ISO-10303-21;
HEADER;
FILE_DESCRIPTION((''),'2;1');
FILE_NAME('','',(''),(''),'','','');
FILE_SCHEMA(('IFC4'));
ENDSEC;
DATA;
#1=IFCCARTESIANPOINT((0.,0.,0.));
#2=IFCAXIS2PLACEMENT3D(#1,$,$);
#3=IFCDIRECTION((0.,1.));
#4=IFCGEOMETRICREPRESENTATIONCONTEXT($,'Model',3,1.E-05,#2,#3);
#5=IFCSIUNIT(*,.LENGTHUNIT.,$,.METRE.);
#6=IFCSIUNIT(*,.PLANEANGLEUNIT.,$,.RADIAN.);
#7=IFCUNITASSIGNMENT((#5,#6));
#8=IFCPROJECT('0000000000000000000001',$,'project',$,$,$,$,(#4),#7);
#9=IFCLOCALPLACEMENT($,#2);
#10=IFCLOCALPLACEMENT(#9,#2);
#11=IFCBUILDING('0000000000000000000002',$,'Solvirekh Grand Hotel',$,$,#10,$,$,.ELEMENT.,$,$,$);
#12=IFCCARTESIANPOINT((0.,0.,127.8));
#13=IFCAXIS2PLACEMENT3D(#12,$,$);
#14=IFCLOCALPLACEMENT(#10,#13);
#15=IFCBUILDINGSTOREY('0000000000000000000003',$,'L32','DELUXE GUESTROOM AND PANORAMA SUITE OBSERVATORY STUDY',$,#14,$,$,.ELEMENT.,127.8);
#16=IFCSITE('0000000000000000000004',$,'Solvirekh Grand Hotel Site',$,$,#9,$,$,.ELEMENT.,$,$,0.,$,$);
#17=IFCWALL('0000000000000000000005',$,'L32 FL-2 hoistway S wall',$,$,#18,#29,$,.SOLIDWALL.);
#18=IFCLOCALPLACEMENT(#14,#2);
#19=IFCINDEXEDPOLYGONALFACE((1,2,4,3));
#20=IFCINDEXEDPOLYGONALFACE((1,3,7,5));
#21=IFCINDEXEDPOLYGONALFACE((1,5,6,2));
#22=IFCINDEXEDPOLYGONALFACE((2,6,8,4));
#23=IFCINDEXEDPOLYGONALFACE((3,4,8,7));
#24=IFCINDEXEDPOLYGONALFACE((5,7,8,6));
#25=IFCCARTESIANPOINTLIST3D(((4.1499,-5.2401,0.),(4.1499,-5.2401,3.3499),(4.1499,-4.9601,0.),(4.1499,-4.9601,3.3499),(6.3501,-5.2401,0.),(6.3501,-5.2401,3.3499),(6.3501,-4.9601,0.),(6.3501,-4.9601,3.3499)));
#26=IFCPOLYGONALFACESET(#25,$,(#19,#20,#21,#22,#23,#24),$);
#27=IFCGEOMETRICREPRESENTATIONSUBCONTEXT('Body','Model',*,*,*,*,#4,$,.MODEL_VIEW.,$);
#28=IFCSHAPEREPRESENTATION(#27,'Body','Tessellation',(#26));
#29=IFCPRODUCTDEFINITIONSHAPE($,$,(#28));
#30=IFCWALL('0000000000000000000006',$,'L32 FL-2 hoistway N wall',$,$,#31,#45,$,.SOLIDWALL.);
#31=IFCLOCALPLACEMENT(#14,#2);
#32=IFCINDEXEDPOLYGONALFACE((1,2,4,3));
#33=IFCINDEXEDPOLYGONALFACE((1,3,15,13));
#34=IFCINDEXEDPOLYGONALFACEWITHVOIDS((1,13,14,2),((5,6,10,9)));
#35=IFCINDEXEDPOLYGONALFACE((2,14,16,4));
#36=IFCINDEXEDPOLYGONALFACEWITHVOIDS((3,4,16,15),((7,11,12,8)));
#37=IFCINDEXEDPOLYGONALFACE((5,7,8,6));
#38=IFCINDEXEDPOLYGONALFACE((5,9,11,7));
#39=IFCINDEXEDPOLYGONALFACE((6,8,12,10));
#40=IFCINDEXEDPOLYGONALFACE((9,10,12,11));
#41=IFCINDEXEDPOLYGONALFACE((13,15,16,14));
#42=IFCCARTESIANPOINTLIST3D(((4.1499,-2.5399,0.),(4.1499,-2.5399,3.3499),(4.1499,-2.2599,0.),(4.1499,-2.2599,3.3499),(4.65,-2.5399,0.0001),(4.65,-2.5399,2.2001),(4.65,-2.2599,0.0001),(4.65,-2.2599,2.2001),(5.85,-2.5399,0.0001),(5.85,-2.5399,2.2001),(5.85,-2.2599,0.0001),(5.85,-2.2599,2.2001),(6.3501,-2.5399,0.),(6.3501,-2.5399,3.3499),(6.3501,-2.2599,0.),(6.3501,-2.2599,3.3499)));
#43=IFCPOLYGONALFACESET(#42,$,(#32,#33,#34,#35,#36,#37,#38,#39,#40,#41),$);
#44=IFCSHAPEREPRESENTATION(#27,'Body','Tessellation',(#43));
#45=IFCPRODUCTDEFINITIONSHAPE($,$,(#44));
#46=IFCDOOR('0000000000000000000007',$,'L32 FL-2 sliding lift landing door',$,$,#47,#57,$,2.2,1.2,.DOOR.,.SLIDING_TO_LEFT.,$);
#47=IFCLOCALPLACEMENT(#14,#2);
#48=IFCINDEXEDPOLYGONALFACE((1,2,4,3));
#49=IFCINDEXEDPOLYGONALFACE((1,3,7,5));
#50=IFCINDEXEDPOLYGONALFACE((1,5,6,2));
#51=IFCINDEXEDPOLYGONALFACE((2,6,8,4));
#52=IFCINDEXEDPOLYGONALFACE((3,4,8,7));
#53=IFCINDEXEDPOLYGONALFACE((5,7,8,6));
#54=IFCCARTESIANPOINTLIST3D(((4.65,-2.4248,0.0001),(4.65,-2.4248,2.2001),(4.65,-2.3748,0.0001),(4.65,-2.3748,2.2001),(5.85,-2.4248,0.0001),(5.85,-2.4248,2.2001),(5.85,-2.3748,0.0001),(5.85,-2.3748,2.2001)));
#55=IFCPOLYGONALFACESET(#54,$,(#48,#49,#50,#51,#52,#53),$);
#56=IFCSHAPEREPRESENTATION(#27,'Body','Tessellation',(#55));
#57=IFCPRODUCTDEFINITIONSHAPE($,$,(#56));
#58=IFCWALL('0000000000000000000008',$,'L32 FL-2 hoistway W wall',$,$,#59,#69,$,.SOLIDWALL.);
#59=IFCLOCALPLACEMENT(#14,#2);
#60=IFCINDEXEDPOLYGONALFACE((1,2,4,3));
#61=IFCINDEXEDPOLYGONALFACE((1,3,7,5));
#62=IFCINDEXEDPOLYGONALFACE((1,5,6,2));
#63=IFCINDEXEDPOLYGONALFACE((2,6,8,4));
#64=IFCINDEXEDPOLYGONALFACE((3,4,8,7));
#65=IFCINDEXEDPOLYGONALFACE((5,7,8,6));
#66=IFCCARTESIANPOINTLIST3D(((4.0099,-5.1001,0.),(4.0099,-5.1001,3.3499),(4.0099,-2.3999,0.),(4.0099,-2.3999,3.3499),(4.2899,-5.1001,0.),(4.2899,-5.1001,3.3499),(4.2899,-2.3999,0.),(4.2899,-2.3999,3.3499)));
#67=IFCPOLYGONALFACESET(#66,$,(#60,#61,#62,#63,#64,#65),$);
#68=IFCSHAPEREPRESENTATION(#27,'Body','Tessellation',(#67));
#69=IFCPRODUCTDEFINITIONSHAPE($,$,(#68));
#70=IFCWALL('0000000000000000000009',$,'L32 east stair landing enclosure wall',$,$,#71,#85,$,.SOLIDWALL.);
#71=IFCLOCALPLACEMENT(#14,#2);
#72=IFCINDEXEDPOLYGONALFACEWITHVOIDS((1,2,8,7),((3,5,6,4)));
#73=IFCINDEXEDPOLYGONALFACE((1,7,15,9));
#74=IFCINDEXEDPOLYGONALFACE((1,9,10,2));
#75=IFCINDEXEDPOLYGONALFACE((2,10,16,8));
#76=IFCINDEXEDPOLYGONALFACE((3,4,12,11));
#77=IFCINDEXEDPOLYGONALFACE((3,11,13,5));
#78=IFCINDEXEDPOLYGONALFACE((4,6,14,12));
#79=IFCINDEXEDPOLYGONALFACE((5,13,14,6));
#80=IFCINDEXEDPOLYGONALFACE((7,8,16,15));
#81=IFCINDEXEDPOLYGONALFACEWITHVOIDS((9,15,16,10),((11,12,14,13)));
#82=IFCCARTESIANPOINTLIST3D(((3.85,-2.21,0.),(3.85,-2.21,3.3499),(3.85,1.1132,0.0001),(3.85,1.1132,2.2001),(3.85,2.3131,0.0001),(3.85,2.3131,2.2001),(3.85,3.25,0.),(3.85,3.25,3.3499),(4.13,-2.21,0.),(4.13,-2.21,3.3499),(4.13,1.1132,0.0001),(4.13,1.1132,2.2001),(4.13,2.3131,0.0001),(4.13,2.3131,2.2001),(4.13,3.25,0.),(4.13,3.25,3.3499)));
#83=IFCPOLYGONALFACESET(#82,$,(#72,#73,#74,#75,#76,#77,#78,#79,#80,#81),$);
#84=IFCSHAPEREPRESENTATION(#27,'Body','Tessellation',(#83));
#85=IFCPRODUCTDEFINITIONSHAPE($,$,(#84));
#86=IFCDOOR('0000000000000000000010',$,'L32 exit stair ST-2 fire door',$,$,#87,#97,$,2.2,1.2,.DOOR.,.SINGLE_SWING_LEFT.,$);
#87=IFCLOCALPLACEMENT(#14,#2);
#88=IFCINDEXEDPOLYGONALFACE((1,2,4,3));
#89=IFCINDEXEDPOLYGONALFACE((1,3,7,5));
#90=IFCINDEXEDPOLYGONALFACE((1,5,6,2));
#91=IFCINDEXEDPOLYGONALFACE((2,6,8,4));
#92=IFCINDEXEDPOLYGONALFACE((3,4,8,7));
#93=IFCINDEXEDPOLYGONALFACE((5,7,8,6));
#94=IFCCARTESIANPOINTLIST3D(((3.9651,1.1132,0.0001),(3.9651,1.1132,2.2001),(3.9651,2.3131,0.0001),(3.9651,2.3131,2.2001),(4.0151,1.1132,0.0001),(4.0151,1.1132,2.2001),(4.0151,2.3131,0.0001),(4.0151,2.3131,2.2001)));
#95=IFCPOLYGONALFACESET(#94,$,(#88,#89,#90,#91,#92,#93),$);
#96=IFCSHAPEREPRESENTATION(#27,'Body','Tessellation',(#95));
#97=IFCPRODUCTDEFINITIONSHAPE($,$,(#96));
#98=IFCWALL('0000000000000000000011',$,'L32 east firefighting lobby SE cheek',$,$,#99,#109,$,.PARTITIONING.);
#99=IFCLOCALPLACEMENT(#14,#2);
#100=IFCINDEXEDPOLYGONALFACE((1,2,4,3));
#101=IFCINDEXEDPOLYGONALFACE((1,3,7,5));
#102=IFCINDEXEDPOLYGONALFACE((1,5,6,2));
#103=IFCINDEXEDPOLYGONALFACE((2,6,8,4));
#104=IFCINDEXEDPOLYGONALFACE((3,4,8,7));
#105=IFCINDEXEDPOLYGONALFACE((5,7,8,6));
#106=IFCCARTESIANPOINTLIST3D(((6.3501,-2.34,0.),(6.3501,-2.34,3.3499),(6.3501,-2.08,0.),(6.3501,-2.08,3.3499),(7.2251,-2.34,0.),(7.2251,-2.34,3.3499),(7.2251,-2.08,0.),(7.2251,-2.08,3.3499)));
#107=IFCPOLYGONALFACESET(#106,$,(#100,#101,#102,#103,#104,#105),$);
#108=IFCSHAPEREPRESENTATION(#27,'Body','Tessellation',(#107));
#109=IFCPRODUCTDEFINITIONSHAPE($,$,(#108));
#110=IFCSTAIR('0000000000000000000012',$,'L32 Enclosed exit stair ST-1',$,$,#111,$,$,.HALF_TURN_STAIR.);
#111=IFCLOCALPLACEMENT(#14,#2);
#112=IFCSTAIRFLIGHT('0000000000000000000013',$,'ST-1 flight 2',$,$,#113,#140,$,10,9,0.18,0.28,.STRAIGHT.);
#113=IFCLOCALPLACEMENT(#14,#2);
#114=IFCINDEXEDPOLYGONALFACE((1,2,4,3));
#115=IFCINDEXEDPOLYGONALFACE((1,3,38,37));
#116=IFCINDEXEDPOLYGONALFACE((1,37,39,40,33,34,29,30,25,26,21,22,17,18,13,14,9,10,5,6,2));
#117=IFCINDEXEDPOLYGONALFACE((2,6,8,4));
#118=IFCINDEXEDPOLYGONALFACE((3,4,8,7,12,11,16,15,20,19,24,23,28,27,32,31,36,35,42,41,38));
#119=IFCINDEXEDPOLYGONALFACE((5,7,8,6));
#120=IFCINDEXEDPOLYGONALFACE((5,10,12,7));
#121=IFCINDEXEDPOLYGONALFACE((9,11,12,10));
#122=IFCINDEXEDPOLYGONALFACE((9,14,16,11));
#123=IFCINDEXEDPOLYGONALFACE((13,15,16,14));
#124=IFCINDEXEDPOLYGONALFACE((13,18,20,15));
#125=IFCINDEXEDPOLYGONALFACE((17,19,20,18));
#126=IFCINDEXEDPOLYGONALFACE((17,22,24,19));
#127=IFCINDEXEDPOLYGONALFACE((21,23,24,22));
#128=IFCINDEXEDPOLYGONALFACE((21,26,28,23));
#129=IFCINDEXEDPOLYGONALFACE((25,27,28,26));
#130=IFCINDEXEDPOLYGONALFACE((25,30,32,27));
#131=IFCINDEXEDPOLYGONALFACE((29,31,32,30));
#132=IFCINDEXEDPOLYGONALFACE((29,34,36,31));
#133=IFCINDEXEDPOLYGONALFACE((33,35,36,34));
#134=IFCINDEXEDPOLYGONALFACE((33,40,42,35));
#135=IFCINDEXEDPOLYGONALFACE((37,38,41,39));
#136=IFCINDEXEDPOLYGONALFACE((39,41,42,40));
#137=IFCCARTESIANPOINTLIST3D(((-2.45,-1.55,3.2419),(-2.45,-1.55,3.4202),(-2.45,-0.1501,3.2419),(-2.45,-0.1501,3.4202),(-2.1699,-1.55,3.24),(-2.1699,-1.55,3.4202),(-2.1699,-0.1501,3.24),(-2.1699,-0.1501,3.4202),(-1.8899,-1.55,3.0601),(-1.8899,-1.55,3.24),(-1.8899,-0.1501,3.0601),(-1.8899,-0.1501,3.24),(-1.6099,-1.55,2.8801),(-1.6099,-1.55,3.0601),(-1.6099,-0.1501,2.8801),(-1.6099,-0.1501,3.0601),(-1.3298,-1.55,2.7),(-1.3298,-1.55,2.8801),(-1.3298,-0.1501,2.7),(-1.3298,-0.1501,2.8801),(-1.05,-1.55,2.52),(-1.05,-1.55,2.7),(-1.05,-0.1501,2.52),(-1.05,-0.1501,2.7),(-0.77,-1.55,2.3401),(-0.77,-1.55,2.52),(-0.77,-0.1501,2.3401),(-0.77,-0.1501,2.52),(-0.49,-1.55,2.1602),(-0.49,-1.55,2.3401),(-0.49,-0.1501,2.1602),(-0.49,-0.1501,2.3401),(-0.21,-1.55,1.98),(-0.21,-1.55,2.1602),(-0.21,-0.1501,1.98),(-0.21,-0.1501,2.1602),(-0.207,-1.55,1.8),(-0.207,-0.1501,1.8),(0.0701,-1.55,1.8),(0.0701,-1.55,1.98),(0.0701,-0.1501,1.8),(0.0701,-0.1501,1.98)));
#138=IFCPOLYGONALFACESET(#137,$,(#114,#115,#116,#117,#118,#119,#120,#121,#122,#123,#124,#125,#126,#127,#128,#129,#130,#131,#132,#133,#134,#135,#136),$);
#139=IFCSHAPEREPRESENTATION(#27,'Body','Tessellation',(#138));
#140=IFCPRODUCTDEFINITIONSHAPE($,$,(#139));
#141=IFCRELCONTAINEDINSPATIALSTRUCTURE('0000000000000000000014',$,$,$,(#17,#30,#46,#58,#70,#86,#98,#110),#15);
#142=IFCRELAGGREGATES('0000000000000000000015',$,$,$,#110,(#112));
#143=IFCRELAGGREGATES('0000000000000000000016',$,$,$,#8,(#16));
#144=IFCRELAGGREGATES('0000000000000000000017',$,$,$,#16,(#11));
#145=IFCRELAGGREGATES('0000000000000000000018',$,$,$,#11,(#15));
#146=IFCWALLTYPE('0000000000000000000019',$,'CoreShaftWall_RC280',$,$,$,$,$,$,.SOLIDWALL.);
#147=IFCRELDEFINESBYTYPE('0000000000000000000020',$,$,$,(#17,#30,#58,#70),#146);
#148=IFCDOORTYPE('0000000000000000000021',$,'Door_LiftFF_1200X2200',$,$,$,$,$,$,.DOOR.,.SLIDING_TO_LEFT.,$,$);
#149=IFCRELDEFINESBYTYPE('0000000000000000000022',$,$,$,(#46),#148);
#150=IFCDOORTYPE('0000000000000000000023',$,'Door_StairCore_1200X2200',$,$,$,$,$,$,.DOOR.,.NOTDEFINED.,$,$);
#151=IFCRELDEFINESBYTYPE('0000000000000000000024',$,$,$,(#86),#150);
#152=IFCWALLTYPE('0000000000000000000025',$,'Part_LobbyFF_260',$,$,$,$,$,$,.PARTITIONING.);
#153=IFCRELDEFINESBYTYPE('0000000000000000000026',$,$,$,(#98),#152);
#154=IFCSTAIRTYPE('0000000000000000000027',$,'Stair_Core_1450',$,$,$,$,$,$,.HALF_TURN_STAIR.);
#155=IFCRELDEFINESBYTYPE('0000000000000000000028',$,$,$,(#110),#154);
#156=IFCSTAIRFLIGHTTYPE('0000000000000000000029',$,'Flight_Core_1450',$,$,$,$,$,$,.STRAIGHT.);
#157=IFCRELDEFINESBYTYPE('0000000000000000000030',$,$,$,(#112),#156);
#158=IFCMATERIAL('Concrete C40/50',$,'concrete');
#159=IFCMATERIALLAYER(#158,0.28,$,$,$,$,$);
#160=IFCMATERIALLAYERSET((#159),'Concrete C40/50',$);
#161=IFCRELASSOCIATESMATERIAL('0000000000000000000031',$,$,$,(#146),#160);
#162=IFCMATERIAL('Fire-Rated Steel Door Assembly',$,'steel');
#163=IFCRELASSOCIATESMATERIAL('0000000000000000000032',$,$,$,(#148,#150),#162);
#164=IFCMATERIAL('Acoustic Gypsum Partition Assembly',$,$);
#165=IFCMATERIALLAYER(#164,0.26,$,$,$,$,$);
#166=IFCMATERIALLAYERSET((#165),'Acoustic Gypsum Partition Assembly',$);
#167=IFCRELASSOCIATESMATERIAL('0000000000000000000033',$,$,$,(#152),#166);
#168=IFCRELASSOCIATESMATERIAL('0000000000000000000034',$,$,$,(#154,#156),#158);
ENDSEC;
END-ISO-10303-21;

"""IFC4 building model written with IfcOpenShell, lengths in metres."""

from ifc_helpers import new_model, si_unit, direction, frame, frame_2d, origin, place, context, subcontext, project, spatial, polyline, rectangle, outline, extrude, material, layer, layer_set, type_object, element, fill, aggregate, save


model = new_model("IFC4")

# Units and contexts
model_context = context("Model", 3, precision=1e-05, world=origin(), true_north=direction((0.0, 1.0)))
body_context = subcontext(model_context, "Body", "Model", "MODEL_VIEW")
ifc_project = project(units=[si_unit("LENGTHUNIT", "METRE"), si_unit("PLANEANGLEUNIT", "RADIAN")], contexts=[model_context])

# Site, building, storey
site_placement = place(None, origin())
site = spatial("IfcSite", under=ifc_project, at=site_placement, Name="Solvirekh Grand Hotel Site", CompositionType="ELEMENT", RefElevation=0.0)
building_placement = place(site_placement, origin())
building = spatial("IfcBuilding", under=site, at=building_placement, Name="Solvirekh Grand Hotel", CompositionType="ELEMENT")
storey_placement = place(building_placement, frame((0.0, 0.0, 127.8)))
storey = spatial("IfcBuildingStorey", under=building, at=storey_placement, Name="L32", Description="DELUXE GUESTROOM AND PANORAMA SUITE OBSERVATORY STUDY", CompositionType="ELEMENT", Elevation=127.8)

# Shared definitions
ifc_material_1 = material(Name="Concrete C40/50", Category="concrete")
ifc_layer_1 = layer(ifc_material_1, 0.28)
ifc_layer_set_1 = layer_set([ifc_layer_1], Name="Concrete C40/50")
wall_type_1 = type_object("IfcWallType", Name="CoreShaftWall_RC280", PredefinedType="SOLIDWALL", material=ifc_layer_set_1)

# Shared definitions
ifc_material_2 = material(Name="Fire-Rated Steel Door Assembly", Category="steel")

# Wall
wall_1_placement = place(storey_placement, frame((4.1499, -5.1001, 0.0), z_axis=(0.0, 0.0, 1.0), x_axis=(1.0, 0.0, 0.0)))
element("IfcWall", 1, at=wall_1_placement, inside=storey, type_object=wall_type_1, Name="L32 FL-2 hoistway S wall", PredefinedType="SOLIDWALL", context=body_context, shape_type="SweptSolid", body=[
    extrude(rectangle(XDim=2.2002, YDim=0.28, at=frame_2d((1.1001, 0.0))), origin(), (0.0, 0.0, 1.0), 3.3499),
])

# Wall, opening, door
wall_2_placement = place(storey_placement, frame((6.3501, -2.3999, 0.0), z_axis=(0.0, 0.0, 1.0), x_axis=(-1.0, 0.0, 0.0)))
wall_2 = element("IfcWall", 2, at=wall_2_placement, inside=storey, type_object=wall_type_1, Name="L32 FL-2 hoistway N wall", PredefinedType="SOLIDWALL", context=body_context, shape_type="SweptSolid", body=[
    extrude(rectangle(XDim=2.2002, YDim=0.28, at=frame_2d((1.1001, 0.0))), origin(), (0.0, 0.0, 1.0), 3.3499),
])
opening_1_placement = place(wall_2_placement, frame((0.5, 0.0, 0.0)))
opening_1 = element("IfcOpeningElement", 3, at=opening_1_placement, cuts=wall_2, PredefinedType="OPENING", context=body_context, shape_type="SweptSolid", body=[
    extrude(rectangle(XDim=1.2, YDim=2.2, at=frame_2d((0.6001, 1.1001))), frame((0.0, 0.1499, 0.0), z_axis=(0.0, -1.0, 0.0), x_axis=(1.0, 0.0, 0.0)), (0.0, 0.0, 1.0), 0.3),
])
door_type_1 = type_object("IfcDoorType", Name="Door_LiftFF_1200X2200", OperationType="SLIDING_TO_LEFT", PredefinedType="DOOR", material=ifc_material_2)
door_1_placement = place(opening_1_placement, origin())
door_1 = element("IfcDoor", 4, at=door_1_placement, inside=storey, type_object=door_type_1, Name="L32 FL-2 sliding lift landing door", OperationType="SLIDING_TO_LEFT", OverallHeight=2.2, OverallWidth=1.2, PredefinedType="DOOR", context=body_context, shape_type="SweptSolid", body=[
    extrude(rectangle(XDim=1.2, YDim=2.2, at=frame_2d((0.6001, 1.1001))), frame((0.0, 0.0249, 0.0), z_axis=(0.0, -1.0, 0.0), x_axis=(1.0, 0.0, 0.0)), (0.0, 0.0, 1.0), 0.05),
])
fill(opening_1, door_1)

# Wall
wall_3_placement = place(storey_placement, frame((4.1499, -2.3999, 0.0), z_axis=(0.0, 0.0, 1.0), x_axis=(0.0, -1.0, 0.0)))
element("IfcWall", 5, at=wall_3_placement, inside=storey, type_object=wall_type_1, Name="L32 FL-2 hoistway W wall", PredefinedType="SOLIDWALL", context=body_context, shape_type="SweptSolid", body=[
    extrude(rectangle(XDim=2.7002, YDim=0.28, at=frame_2d((1.3501, 0.0))), origin(), (0.0, 0.0, 1.0), 3.3499),
])

# Wall, opening, door
wall_4_placement = place(storey_placement, frame((3.99, -2.21, 0.0), z_axis=(0.0, 0.0, 1.0), x_axis=(0.0, 1.0, 0.0)))
wall_4 = element("IfcWall", 6, at=wall_4_placement, inside=storey, type_object=wall_type_1, Name="L32 east stair landing enclosure wall", PredefinedType="SOLIDWALL", context=body_context, shape_type="SweptSolid", body=[
    extrude(rectangle(XDim=5.46, YDim=0.28, at=frame_2d((2.73, 0.0))), origin(), (0.0, 0.0, 1.0), 3.3499),
])
opening_2_placement = place(wall_4_placement, frame((3.323, 0.0, 0.0)))
opening_2 = element("IfcOpeningElement", 7, at=opening_2_placement, cuts=wall_4, PredefinedType="OPENING", context=body_context, shape_type="SweptSolid", body=[
    extrude(rectangle(XDim=1.2, YDim=2.2, at=frame_2d((0.6001, 1.1001))), frame((0.0, 0.1499, 0.0), z_axis=(0.0, -1.0, 0.0), x_axis=(1.0, 0.0, 0.0)), (0.0, 0.0, 1.0), 0.3),
])
door_type_2 = type_object("IfcDoorType", Name="Door_StairCore_1200X2200", OperationType="NOTDEFINED", PredefinedType="DOOR", material=ifc_material_2)
door_2_placement = place(opening_2_placement, origin())
door_2 = element("IfcDoor", 8, at=door_2_placement, inside=storey, type_object=door_type_2, Name="L32 exit stair ST-2 fire door", OperationType="SINGLE_SWING_LEFT", OverallHeight=2.2, OverallWidth=1.2, PredefinedType="DOOR", context=body_context, shape_type="SweptSolid", body=[
    extrude(rectangle(XDim=1.2, YDim=2.2, at=frame_2d((0.6001, 1.1001))), frame((0.0, 0.0249, 0.0), z_axis=(0.0, -1.0, 0.0), x_axis=(1.0, 0.0, 0.0)), (0.0, 0.0, 1.0), 0.05),
])
fill(opening_2, door_2)

# Wall
ifc_material_3 = material(Name="Acoustic Gypsum Partition Assembly")
ifc_layer_2 = layer(ifc_material_3, 0.26)
ifc_layer_set_2 = layer_set([ifc_layer_2], Name="Acoustic Gypsum Partition Assembly")
wall_type_2 = type_object("IfcWallType", Name="Part_LobbyFF_260", PredefinedType="PARTITIONING", material=ifc_layer_set_2)
wall_5_placement = place(storey_placement, frame((6.3501, -2.21, 0.0), z_axis=(0.0, 0.0, 1.0), x_axis=(1.0, 0.0, 0.0)))
element("IfcWall", 9, at=wall_5_placement, inside=storey, type_object=wall_type_2, Name="L32 east firefighting lobby SE cheek", PredefinedType="PARTITIONING", context=body_context, shape_type="SweptSolid", body=[
    extrude(rectangle(XDim=0.875, YDim=0.26, at=frame_2d((0.4375, 0.0))), origin(), (0.0, 0.0, 1.0), 3.3499),
])

# Stair, stair flight
stair_type = type_object("IfcStairType", Name="Stair_Core_1450", PredefinedType="HALF_TURN_STAIR", material=ifc_material_1)
stair_placement = place(storey_placement, origin())
stair = element("IfcStair", 10, at=stair_placement, inside=storey, type_object=stair_type, Name="L32 Enclosed exit stair ST-1", PredefinedType="HALF_TURN_STAIR")
stair_flight_type = type_object("IfcStairFlightType", Name="Flight_Core_1450", PredefinedType="STRAIGHT", material=ifc_material_1)
stair_flight_placement = place(storey_placement, frame((0.0701, -0.8501, 1.8), z_axis=(0.0, 0.0, 1.0), x_axis=(-1.0, 0.0, 0.0)))
stair_flight = element("IfcStairFlight", 11, at=stair_flight_placement, type_object=stair_flight_type, Name="ST-1 flight 2", NumberOfRisers=10, NumberOfTreads=9, PredefinedType="STRAIGHT", RiserHeight=0.18, TreadLength=0.28, context=body_context, shape_type="SweptSolid", body=[
    extrude(outline(polyline([(0.0, 0.0), (0.0, 0.1799), (0.28, 0.1799), (0.28, 0.3601), (0.5601, 0.3601), (0.5601, 0.54), (0.8401, 0.54), (0.8401, 0.72), (1.1201, 0.72), (1.1201, 0.8999), (1.3999, 0.8999), (1.3999, 1.0801), (1.6799, 1.0801), (1.6799, 1.26), (1.96, 1.26), (1.96, 1.4399), (2.24, 1.4399), (2.24, 1.6201), (2.52, 1.6201), (2.52, 1.8), (2.52, 1.4419), (0.2771, 0.0), (0.0, 0.0)])), frame((0.0, 0.7, 0.0), z_axis=(0.0, -1.0, 0.0), x_axis=(1.0, 0.0, 0.0)), (0.0, 0.0, 1.0), 1.3999),
])
aggregate(stair, [stair_flight])

save(model, "model.ifc")
